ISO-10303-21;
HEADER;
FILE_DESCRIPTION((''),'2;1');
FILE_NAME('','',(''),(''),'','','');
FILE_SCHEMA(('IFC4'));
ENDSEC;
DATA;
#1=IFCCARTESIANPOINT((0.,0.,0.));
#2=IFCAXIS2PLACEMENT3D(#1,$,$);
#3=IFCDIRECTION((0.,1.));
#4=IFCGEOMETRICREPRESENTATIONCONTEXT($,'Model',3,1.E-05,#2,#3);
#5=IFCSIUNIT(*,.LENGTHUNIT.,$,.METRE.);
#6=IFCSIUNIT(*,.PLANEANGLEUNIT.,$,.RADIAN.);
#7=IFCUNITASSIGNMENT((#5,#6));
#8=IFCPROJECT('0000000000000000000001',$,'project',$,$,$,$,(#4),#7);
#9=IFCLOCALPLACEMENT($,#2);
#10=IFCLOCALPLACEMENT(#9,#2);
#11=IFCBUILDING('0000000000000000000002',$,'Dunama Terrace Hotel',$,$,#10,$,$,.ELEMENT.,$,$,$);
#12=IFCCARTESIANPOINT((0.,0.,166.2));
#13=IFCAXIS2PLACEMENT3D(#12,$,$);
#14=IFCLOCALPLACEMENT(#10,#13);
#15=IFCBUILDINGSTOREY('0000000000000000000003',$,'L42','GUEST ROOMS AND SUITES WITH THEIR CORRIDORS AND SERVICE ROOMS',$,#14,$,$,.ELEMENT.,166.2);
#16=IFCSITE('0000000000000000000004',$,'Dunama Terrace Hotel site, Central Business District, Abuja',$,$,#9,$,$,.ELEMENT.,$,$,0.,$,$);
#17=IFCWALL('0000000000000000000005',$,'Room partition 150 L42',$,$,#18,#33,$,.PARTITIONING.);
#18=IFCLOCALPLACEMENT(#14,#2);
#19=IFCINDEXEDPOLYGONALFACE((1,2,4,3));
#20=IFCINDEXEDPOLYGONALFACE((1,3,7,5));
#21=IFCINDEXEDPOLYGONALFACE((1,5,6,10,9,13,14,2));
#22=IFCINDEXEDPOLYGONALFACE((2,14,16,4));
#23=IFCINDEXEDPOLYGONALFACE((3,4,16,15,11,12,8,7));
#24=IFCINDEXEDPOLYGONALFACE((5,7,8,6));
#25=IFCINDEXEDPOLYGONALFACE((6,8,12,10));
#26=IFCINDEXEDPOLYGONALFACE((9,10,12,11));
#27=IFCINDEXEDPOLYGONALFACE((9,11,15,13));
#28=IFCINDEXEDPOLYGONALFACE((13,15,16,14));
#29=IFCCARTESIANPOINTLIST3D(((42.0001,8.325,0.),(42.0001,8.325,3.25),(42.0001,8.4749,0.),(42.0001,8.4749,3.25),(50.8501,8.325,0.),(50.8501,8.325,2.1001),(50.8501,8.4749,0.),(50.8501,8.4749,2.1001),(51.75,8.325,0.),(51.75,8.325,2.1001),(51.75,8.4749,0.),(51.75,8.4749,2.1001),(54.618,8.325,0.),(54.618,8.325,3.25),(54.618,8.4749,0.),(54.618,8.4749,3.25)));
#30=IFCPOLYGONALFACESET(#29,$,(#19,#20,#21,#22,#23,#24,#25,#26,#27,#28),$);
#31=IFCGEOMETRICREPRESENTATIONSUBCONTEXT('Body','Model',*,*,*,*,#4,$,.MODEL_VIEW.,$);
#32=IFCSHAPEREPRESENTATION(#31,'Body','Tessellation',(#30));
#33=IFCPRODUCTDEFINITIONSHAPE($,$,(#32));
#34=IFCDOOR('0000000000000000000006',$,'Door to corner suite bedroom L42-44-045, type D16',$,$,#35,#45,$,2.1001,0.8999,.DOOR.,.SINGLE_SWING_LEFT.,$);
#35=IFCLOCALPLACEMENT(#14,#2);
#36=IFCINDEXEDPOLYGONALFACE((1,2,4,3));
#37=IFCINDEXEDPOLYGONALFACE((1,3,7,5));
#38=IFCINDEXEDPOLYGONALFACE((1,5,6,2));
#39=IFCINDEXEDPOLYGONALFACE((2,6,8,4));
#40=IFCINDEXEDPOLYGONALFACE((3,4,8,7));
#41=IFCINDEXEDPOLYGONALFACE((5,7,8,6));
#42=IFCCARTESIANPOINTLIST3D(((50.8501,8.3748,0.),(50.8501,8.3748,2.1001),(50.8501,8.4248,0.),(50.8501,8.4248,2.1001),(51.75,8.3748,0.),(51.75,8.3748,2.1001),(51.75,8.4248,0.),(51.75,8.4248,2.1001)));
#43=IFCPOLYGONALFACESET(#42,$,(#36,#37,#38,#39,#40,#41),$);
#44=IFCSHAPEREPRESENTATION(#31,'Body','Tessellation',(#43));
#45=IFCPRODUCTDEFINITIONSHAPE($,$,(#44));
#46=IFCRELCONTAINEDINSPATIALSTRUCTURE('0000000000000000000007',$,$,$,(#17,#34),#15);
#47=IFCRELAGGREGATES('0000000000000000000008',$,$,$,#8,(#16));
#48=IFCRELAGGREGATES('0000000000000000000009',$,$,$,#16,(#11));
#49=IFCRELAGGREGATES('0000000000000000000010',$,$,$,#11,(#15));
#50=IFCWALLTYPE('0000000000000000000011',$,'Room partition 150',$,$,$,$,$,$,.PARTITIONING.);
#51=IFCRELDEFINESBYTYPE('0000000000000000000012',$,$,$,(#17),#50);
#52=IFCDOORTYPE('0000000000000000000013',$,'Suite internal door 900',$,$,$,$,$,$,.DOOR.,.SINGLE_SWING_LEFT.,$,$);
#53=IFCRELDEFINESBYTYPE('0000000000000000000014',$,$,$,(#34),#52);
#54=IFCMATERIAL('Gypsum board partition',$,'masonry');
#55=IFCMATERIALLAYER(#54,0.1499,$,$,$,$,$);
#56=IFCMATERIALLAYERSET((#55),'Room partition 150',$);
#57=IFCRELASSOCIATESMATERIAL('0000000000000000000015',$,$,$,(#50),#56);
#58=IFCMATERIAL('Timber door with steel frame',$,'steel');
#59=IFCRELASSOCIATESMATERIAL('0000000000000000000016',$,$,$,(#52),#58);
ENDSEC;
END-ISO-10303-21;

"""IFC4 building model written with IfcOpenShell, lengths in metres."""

from ifc_helpers import new_model, si_unit, direction, frame, frame_2d, origin, place, context, subcontext, project, spatial, rectangle, extrude, material, layer, layer_set, type_object, element, fill, save


model = new_model("IFC4")

# Units and contexts
model_context = context("Model", 3, precision=1e-05, world=origin(), true_north=direction((0.0, 1.0)))
body_context = subcontext(model_context, "Body", "Model", "MODEL_VIEW")
ifc_project = project(units=[si_unit("LENGTHUNIT", "METRE"), si_unit("PLANEANGLEUNIT", "RADIAN")], contexts=[model_context])

# Site, building, storey
site_placement = place(None, origin())
site = spatial("IfcSite", under=ifc_project, at=site_placement, Name="Dunama Terrace Hotel site, Central Business District, Abuja", CompositionType="ELEMENT", RefElevation=0.0)
building_placement = place(site_placement, origin())
building = spatial("IfcBuilding", under=site, at=building_placement, Name="Dunama Terrace Hotel", CompositionType="ELEMENT")
storey_placement = place(building_placement, frame((0.0, 0.0, 166.2)))
storey = spatial("IfcBuildingStorey", under=building, at=storey_placement, Name="L42", Description="GUEST ROOMS AND SUITES WITH THEIR CORRIDORS AND SERVICE ROOMS", CompositionType="ELEMENT", Elevation=166.2)

# Wall, opening, door
ifc_material_1 = material(Name="Gypsum board partition", Category="masonry")
ifc_layer_1 = layer(ifc_material_1, 0.1499)
ifc_layer_set_1 = layer_set([ifc_layer_1], Name="Room partition 150")
wall_type_1 = type_object("IfcWallType", Name="Room partition 150", PredefinedType="PARTITIONING", material=ifc_layer_set_1)
wall_1_placement = place(storey_placement, frame((42.0, 8.3999, 0.0), z_axis=(0.0, 0.0, 1.0), x_axis=(1.0, 0.0, 0.0)))
wall_1 = element("IfcWall", 1, at=wall_1_placement, inside=storey, type_object=wall_type_1, Name="Room partition 150 L42", PredefinedType="PARTITIONING", context=body_context, shape_type="SweptSolid", body=[
    extrude(rectangle(XDim=12.6179, YDim=0.1499, at=frame_2d((6.3091, 0.0))), origin(), (0.0, 0.0, 1.0), 3.25),
])
opening_1_placement = place(wall_1_placement, frame((8.8501, 0.0, 0.0)))
opening_1 = element("IfcOpeningElement", 2, at=opening_1_placement, cuts=wall_1, PredefinedType="OPENING", context=body_context, shape_type="SweptSolid", body=[
    extrude(rectangle(XDim=0.8999, YDim=2.1001, at=frame_2d((0.45, 1.05))), frame((0.0, 0.085, 0.0), z_axis=(0.0, -1.0, 0.0), x_axis=(1.0, 0.0, 0.0)), (0.0, 0.0, 1.0), 0.1699),
])
ifc_material_2 = material(Name="Timber door with steel frame", Category="steel")
door_type_1 = type_object("IfcDoorType", Name="Suite internal door 900", OperationType="SINGLE_SWING_LEFT", PredefinedType="DOOR", material=ifc_material_2)
door_1_placement = place(opening_1_placement, frame((0.8999, 0.0, 0.0), z_axis=(0.0, 0.0, 1.0), x_axis=(-1.0, 0.0, 0.0)))
door_1 = element("IfcDoor", 3, at=door_1_placement, inside=storey, type_object=door_type_1, Name="Door to corner suite bedroom L42-44-045, type D16", OperationType="SINGLE_SWING_LEFT", OverallHeight=2.1001, OverallWidth=0.8999, PredefinedType="DOOR", context=body_context, shape_type="SweptSolid", body=[
    extrude(rectangle(XDim=0.8999, YDim=2.1001, at=frame_2d((0.45, 1.05))), frame((0.0, 0.0251, 0.0), z_axis=(0.0, -1.0, 0.0), x_axis=(1.0, 0.0, 0.0)), (0.0, 0.0, 1.0), 0.05),
])
fill(opening_1, door_1)

save(model, "model.ifc")
